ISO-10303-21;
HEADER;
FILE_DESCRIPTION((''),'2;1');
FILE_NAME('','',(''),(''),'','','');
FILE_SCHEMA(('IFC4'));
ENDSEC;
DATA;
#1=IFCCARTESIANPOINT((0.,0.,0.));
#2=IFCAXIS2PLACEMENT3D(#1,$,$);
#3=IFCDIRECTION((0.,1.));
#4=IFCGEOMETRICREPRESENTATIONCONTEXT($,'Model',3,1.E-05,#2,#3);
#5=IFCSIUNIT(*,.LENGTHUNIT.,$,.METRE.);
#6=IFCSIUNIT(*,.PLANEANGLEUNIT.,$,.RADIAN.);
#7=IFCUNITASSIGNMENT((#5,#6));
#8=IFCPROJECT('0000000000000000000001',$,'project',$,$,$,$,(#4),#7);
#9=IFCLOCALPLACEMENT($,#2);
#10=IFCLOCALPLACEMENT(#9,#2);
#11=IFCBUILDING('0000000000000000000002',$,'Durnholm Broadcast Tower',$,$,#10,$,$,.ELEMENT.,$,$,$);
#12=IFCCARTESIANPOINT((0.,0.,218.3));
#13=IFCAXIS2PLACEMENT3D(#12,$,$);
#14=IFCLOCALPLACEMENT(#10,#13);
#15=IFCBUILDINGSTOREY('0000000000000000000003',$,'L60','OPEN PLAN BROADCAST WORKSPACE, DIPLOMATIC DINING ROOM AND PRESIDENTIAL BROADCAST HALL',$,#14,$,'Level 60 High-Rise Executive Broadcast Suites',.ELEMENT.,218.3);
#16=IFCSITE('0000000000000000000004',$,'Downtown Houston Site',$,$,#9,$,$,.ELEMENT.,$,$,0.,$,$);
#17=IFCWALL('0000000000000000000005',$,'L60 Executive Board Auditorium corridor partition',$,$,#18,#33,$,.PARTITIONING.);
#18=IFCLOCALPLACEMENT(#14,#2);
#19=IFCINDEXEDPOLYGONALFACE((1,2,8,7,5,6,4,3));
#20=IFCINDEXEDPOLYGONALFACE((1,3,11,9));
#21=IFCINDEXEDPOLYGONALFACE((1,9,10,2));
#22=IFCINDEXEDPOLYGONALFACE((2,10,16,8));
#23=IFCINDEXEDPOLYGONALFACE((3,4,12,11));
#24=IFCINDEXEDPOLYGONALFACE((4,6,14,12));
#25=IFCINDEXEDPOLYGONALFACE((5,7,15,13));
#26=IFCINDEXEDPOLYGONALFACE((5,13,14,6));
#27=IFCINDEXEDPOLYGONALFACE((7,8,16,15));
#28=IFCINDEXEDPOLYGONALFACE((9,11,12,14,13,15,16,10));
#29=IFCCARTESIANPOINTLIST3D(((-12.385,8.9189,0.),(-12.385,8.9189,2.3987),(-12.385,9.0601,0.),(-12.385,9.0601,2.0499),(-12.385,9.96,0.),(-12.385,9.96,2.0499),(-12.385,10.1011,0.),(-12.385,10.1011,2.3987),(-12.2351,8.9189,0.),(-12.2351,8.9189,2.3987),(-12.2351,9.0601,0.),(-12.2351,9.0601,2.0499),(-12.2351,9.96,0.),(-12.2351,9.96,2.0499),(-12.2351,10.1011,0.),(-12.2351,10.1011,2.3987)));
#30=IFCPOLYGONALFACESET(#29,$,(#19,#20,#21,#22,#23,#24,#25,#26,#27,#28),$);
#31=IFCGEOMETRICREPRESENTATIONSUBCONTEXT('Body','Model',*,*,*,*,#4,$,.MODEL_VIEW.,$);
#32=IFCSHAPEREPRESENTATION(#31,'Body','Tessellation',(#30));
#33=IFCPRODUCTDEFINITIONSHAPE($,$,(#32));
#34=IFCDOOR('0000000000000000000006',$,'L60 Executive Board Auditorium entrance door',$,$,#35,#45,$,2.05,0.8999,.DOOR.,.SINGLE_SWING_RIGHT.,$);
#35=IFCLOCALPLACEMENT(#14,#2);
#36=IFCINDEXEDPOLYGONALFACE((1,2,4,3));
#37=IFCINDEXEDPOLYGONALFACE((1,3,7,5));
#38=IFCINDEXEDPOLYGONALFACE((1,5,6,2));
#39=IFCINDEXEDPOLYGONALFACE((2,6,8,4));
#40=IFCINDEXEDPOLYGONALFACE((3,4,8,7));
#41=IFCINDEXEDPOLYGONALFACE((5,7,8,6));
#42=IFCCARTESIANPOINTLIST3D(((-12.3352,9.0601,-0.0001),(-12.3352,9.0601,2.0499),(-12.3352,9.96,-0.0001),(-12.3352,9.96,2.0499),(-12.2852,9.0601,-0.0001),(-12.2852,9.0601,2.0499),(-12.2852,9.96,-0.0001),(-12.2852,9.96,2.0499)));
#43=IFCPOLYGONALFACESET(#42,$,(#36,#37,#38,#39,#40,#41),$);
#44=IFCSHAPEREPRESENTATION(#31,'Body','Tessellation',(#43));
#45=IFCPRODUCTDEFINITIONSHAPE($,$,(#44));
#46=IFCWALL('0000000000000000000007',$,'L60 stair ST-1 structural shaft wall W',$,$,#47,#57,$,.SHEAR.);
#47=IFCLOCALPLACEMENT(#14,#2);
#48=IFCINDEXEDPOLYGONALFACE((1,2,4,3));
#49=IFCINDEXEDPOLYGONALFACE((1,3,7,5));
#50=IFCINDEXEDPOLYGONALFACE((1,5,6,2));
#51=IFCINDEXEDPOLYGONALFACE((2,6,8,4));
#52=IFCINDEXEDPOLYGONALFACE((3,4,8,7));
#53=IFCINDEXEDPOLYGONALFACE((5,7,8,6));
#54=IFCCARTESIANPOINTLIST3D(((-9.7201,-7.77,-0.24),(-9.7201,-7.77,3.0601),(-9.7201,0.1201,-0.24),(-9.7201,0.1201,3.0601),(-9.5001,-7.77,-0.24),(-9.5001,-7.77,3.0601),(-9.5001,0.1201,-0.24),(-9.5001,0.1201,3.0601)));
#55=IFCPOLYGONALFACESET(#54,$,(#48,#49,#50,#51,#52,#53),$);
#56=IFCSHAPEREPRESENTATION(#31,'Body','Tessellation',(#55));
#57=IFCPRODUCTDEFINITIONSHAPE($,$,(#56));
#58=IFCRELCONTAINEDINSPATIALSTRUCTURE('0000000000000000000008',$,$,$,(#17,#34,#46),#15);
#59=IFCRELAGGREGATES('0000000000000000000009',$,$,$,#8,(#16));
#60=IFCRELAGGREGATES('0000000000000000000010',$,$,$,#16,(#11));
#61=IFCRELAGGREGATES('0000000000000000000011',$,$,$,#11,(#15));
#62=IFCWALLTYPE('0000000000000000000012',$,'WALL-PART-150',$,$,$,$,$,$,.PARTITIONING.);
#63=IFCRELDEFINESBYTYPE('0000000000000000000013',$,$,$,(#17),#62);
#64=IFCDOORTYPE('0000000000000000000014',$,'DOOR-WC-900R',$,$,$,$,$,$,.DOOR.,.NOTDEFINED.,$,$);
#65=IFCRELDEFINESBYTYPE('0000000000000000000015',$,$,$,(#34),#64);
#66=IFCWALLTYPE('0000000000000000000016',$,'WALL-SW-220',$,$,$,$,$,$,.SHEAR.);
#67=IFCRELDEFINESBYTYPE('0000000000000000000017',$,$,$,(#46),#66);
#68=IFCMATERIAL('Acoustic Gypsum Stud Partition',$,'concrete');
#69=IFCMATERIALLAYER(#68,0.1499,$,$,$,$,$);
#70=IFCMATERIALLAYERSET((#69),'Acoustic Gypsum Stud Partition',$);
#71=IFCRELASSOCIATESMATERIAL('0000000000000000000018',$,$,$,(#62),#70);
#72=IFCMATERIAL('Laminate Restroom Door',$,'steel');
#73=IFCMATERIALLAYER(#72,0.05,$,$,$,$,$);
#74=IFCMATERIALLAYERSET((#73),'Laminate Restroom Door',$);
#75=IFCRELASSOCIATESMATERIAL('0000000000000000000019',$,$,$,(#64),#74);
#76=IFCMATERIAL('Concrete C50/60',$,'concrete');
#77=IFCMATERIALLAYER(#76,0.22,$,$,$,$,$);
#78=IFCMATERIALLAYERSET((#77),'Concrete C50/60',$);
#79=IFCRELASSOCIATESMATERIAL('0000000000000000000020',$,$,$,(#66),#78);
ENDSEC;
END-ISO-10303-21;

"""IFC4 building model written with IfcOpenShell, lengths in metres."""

from ifc_helpers import new_model, si_unit, direction, frame, frame_2d, origin, place, context, subcontext, project, spatial, rectangle, extrude, source, transform, mapped, material, layer, layer_set, type_object, type_shapes, element, fill, save


model = new_model("IFC4")

# Units and contexts
model_context = context("Model", 3, precision=1e-05, world=origin(), true_north=direction((0.0, 1.0)))
body_context = subcontext(model_context, "Body", "Model", "MODEL_VIEW")
ifc_project = project(units=[si_unit("LENGTHUNIT", "METRE"), si_unit("PLANEANGLEUNIT", "RADIAN")], contexts=[model_context])

# Site, building, storey
site_placement = place(None, origin())
site = spatial("IfcSite", under=ifc_project, at=site_placement, Name="Downtown Houston Site", CompositionType="ELEMENT", RefElevation=0.0)
building_placement = place(site_placement, origin())
building = spatial("IfcBuilding", under=site, at=building_placement, Name="Durnholm Broadcast Tower", CompositionType="ELEMENT")
storey_placement = place(building_placement, frame((0.0, 0.0, 218.3)))
storey = spatial("IfcBuildingStorey", under=building, at=storey_placement, Name="L60", Description="OPEN PLAN BROADCAST WORKSPACE, DIPLOMATIC DINING ROOM AND PRESIDENTIAL BROADCAST HALL", LongName="Level 60 High-Rise Executive Broadcast Suites", CompositionType="ELEMENT", Elevation=218.3)

# Shared definitions
ifc_material_1 = material(Name="Acoustic Gypsum Stud Partition", Category="concrete")
ifc_layer_1 = layer(ifc_material_1, 0.1499)
ifc_layer_set_1 = layer_set([ifc_layer_1], Name="Acoustic Gypsum Stud Partition")
wall_type_1 = type_object("IfcWallType", Name="WALL-PART-150", PredefinedType="PARTITIONING", material=ifc_layer_set_1)

# Wall, opening, door
wall_1_placement = place(storey_placement, frame((-12.3101, 10.1011, 0.0), z_axis=(0.0, 0.0, 1.0), x_axis=(0.0, -1.0, 0.0)))
wall_1 = element("IfcWall", 1, at=wall_1_placement, inside=storey, type_object=wall_type_1, Name="L60 Executive Board Auditorium corridor partition", PredefinedType="PARTITIONING", context=body_context, shape_type="SweptSolid", body=[
    extrude(rectangle(XDim=1.1821, YDim=0.1499, at=frame_2d((0.5911, 0.0))), origin(), (0.0, 0.0, 1.0), 2.3987),
])
opening_1_placement = place(wall_1_placement, frame((0.1411, 0.0, 0.0)))
opening_1 = element("IfcOpeningElement", 2, at=opening_1_placement, cuts=wall_1, PredefinedType="OPENING", context=body_context, shape_type="SweptSolid", body=[
    extrude(rectangle(XDim=0.8999, YDim=2.05, at=frame_2d((0.45, 1.0249))), frame((0.0, 0.085, 0.0), z_axis=(0.0, -1.0, 0.0), x_axis=(1.0, 0.0, 0.0)), (0.0, 0.0, 1.0), 0.1699),
])
ifc_material_2 = material(Name="Laminate Restroom Door", Category="steel")
ifc_layer_2 = layer(ifc_material_2, 0.05)
ifc_layer_set_2 = layer_set([ifc_layer_2], Name="Laminate Restroom Door")
door_type_1 = type_object("IfcDoorType", Name="DOOR-WC-900R", OperationType="NOTDEFINED", PredefinedType="DOOR", material=ifc_layer_set_2)
shared_shape_1 = source(origin(), body_context, "Body", "SweptSolid", [
    extrude(rectangle(XDim=0.8999, YDim=2.05, at=frame_2d((0.45, 1.0249))), frame((0.0, 0.0249, 0.0), z_axis=(0.0, -1.0, 0.0), x_axis=(1.0, 0.0, 0.0)), (0.0, 0.0, 1.0), 0.05),
])
type_shapes(door_type_1, [shared_shape_1])
door_1_placement = place(opening_1_placement, origin())
door_1 = element("IfcDoor", 3, at=door_1_placement, inside=storey, type_object=door_type_1, Name="L60 Executive Board Auditorium entrance door", OperationType="SINGLE_SWING_RIGHT", OverallHeight=2.05, OverallWidth=0.8999, PredefinedType="DOOR", context=body_context, shape_type="MappedRepresentation", body=[
    mapped(shared_shape_1, transform((0.0, 0.0, 0.0), x_axis=(1.0, 0.0, 0.0), y_axis=(0.0, 1.0, 0.0), z_axis=(0.0, 0.0, 1.0), scale=1.0)),
])
fill(opening_1, door_1)

# Wall
ifc_material_3 = material(Name="Concrete C50/60", Category="concrete")
ifc_layer_3 = layer(ifc_material_3, 0.22)
ifc_layer_set_3 = layer_set([ifc_layer_3], Name="Concrete C50/60")
wall_type_2 = type_object("IfcWallType", Name="WALL-SW-220", PredefinedType="SHEAR", material=ifc_layer_set_3)
wall_2_placement = place(storey_placement, frame((-9.6101, 0.1201, -0.24), z_axis=(0.0, 0.0, 1.0), x_axis=(0.0, -1.0, 0.0)))
element("IfcWall", 4, at=wall_2_placement, inside=storey, type_object=wall_type_2, Name="L60 stair ST-1 structural shaft wall W", PredefinedType="SHEAR", context=body_context, shape_type="SweptSolid", body=[
    extrude(rectangle(XDim=7.8901, YDim=0.22, at=frame_2d((3.9451, 0.0))), origin(), (0.0, 0.0, 1.0), 3.3),
])

save(model, "model.ifc")
